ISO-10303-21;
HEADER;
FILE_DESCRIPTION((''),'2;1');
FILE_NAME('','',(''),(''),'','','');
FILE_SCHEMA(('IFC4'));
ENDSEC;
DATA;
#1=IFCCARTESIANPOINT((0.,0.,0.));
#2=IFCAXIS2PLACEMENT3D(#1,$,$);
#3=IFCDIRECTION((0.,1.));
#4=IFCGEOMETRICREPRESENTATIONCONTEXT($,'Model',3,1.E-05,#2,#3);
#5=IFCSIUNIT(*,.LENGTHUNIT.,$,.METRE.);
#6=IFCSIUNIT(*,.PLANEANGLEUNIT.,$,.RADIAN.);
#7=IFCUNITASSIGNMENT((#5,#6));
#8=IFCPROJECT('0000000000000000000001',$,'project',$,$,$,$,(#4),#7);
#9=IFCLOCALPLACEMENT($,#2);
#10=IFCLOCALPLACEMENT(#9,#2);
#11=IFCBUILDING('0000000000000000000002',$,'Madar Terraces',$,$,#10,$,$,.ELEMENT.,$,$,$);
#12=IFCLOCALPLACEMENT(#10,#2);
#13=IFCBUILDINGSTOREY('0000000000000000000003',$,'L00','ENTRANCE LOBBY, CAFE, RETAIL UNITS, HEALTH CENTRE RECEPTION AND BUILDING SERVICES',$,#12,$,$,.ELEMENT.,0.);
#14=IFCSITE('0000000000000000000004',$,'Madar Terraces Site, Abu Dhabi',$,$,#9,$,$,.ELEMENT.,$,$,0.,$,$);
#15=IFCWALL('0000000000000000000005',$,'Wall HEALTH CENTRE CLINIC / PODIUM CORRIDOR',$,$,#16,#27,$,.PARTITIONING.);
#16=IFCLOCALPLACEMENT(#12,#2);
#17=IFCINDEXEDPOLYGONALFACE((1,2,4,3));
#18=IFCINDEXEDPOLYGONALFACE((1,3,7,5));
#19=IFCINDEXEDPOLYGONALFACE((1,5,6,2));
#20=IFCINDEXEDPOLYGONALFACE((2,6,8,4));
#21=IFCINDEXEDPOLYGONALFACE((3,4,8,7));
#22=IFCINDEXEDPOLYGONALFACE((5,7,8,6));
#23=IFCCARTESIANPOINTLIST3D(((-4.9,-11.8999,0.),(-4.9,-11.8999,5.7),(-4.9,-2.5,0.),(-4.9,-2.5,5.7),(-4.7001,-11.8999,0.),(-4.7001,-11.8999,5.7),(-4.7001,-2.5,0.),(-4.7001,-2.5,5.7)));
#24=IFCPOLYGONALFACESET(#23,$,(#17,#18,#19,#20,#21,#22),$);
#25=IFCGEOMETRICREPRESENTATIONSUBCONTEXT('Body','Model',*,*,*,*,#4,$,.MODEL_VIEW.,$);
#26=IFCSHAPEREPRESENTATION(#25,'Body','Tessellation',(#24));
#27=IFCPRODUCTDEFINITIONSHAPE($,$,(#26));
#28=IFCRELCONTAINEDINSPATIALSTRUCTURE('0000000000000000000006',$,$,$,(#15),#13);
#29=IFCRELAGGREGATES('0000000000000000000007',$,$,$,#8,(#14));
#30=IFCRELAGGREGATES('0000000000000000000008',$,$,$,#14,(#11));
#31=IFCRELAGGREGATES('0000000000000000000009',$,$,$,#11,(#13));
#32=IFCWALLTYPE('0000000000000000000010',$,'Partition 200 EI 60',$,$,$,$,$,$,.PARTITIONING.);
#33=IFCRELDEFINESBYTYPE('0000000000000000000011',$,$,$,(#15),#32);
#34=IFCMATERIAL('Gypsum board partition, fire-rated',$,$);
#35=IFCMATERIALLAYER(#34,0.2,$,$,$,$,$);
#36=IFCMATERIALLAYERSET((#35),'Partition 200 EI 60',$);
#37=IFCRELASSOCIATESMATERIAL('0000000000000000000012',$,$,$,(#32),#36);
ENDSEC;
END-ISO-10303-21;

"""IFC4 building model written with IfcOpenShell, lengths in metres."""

from ifc_helpers import new_model, si_unit, direction, frame, frame_2d, origin, place, context, subcontext, project, spatial, rectangle, extrude, material, layer, layer_set, type_object, element, save


model = new_model("IFC4")

# Units and contexts
model_context = context("Model", 3, precision=1e-05, world=origin(), true_north=direction((0.0, 1.0)))
body_context = subcontext(model_context, "Body", "Model", "MODEL_VIEW")
ifc_project = project(units=[si_unit("LENGTHUNIT", "METRE"), si_unit("PLANEANGLEUNIT", "RADIAN")], contexts=[model_context])

# Site, building, storey
site_placement = place(None, origin())
site = spatial("IfcSite", under=ifc_project, at=site_placement, Name="Madar Terraces Site, Abu Dhabi", CompositionType="ELEMENT", RefElevation=0.0)
building_placement = place(site_placement, origin())
building = spatial("IfcBuilding", under=site, at=building_placement, Name="Madar Terraces", CompositionType="ELEMENT")
storey_placement = place(building_placement, origin())
storey = spatial("IfcBuildingStorey", under=building, at=storey_placement, Name="L00", Description="ENTRANCE LOBBY, CAFE, RETAIL UNITS, HEALTH CENTRE RECEPTION AND BUILDING SERVICES", CompositionType="ELEMENT", Elevation=0.0)

# Shared definitions
ifc_material_1 = material(Name="Gypsum board partition, fire-rated")
ifc_layer_1 = layer(ifc_material_1, 0.2)
ifc_layer_set_1 = layer_set([ifc_layer_1], Name="Partition 200 EI 60")
wall_type = type_object("IfcWallType", Name="Partition 200 EI 60", PredefinedType="PARTITIONING", material=ifc_layer_set_1)

# Wall
wall_1_placement = place(storey_placement, frame((-4.8, -11.8999, 0.0), z_axis=(0.0, 0.0, 1.0), x_axis=(0.0, 1.0, 0.0)))
element("IfcWall", 1, at=wall_1_placement, inside=storey, type_object=wall_type, Name="Wall HEALTH CENTRE CLINIC / PODIUM CORRIDOR", PredefinedType="PARTITIONING", context=body_context, shape_type="SweptSolid", body=[
    extrude(rectangle(XDim=9.3999, YDim=0.2, at=frame_2d((4.7, 0.0))), origin(), (0.0, 0.0, 1.0), 5.7),
])

save(model, "model.ifc")
